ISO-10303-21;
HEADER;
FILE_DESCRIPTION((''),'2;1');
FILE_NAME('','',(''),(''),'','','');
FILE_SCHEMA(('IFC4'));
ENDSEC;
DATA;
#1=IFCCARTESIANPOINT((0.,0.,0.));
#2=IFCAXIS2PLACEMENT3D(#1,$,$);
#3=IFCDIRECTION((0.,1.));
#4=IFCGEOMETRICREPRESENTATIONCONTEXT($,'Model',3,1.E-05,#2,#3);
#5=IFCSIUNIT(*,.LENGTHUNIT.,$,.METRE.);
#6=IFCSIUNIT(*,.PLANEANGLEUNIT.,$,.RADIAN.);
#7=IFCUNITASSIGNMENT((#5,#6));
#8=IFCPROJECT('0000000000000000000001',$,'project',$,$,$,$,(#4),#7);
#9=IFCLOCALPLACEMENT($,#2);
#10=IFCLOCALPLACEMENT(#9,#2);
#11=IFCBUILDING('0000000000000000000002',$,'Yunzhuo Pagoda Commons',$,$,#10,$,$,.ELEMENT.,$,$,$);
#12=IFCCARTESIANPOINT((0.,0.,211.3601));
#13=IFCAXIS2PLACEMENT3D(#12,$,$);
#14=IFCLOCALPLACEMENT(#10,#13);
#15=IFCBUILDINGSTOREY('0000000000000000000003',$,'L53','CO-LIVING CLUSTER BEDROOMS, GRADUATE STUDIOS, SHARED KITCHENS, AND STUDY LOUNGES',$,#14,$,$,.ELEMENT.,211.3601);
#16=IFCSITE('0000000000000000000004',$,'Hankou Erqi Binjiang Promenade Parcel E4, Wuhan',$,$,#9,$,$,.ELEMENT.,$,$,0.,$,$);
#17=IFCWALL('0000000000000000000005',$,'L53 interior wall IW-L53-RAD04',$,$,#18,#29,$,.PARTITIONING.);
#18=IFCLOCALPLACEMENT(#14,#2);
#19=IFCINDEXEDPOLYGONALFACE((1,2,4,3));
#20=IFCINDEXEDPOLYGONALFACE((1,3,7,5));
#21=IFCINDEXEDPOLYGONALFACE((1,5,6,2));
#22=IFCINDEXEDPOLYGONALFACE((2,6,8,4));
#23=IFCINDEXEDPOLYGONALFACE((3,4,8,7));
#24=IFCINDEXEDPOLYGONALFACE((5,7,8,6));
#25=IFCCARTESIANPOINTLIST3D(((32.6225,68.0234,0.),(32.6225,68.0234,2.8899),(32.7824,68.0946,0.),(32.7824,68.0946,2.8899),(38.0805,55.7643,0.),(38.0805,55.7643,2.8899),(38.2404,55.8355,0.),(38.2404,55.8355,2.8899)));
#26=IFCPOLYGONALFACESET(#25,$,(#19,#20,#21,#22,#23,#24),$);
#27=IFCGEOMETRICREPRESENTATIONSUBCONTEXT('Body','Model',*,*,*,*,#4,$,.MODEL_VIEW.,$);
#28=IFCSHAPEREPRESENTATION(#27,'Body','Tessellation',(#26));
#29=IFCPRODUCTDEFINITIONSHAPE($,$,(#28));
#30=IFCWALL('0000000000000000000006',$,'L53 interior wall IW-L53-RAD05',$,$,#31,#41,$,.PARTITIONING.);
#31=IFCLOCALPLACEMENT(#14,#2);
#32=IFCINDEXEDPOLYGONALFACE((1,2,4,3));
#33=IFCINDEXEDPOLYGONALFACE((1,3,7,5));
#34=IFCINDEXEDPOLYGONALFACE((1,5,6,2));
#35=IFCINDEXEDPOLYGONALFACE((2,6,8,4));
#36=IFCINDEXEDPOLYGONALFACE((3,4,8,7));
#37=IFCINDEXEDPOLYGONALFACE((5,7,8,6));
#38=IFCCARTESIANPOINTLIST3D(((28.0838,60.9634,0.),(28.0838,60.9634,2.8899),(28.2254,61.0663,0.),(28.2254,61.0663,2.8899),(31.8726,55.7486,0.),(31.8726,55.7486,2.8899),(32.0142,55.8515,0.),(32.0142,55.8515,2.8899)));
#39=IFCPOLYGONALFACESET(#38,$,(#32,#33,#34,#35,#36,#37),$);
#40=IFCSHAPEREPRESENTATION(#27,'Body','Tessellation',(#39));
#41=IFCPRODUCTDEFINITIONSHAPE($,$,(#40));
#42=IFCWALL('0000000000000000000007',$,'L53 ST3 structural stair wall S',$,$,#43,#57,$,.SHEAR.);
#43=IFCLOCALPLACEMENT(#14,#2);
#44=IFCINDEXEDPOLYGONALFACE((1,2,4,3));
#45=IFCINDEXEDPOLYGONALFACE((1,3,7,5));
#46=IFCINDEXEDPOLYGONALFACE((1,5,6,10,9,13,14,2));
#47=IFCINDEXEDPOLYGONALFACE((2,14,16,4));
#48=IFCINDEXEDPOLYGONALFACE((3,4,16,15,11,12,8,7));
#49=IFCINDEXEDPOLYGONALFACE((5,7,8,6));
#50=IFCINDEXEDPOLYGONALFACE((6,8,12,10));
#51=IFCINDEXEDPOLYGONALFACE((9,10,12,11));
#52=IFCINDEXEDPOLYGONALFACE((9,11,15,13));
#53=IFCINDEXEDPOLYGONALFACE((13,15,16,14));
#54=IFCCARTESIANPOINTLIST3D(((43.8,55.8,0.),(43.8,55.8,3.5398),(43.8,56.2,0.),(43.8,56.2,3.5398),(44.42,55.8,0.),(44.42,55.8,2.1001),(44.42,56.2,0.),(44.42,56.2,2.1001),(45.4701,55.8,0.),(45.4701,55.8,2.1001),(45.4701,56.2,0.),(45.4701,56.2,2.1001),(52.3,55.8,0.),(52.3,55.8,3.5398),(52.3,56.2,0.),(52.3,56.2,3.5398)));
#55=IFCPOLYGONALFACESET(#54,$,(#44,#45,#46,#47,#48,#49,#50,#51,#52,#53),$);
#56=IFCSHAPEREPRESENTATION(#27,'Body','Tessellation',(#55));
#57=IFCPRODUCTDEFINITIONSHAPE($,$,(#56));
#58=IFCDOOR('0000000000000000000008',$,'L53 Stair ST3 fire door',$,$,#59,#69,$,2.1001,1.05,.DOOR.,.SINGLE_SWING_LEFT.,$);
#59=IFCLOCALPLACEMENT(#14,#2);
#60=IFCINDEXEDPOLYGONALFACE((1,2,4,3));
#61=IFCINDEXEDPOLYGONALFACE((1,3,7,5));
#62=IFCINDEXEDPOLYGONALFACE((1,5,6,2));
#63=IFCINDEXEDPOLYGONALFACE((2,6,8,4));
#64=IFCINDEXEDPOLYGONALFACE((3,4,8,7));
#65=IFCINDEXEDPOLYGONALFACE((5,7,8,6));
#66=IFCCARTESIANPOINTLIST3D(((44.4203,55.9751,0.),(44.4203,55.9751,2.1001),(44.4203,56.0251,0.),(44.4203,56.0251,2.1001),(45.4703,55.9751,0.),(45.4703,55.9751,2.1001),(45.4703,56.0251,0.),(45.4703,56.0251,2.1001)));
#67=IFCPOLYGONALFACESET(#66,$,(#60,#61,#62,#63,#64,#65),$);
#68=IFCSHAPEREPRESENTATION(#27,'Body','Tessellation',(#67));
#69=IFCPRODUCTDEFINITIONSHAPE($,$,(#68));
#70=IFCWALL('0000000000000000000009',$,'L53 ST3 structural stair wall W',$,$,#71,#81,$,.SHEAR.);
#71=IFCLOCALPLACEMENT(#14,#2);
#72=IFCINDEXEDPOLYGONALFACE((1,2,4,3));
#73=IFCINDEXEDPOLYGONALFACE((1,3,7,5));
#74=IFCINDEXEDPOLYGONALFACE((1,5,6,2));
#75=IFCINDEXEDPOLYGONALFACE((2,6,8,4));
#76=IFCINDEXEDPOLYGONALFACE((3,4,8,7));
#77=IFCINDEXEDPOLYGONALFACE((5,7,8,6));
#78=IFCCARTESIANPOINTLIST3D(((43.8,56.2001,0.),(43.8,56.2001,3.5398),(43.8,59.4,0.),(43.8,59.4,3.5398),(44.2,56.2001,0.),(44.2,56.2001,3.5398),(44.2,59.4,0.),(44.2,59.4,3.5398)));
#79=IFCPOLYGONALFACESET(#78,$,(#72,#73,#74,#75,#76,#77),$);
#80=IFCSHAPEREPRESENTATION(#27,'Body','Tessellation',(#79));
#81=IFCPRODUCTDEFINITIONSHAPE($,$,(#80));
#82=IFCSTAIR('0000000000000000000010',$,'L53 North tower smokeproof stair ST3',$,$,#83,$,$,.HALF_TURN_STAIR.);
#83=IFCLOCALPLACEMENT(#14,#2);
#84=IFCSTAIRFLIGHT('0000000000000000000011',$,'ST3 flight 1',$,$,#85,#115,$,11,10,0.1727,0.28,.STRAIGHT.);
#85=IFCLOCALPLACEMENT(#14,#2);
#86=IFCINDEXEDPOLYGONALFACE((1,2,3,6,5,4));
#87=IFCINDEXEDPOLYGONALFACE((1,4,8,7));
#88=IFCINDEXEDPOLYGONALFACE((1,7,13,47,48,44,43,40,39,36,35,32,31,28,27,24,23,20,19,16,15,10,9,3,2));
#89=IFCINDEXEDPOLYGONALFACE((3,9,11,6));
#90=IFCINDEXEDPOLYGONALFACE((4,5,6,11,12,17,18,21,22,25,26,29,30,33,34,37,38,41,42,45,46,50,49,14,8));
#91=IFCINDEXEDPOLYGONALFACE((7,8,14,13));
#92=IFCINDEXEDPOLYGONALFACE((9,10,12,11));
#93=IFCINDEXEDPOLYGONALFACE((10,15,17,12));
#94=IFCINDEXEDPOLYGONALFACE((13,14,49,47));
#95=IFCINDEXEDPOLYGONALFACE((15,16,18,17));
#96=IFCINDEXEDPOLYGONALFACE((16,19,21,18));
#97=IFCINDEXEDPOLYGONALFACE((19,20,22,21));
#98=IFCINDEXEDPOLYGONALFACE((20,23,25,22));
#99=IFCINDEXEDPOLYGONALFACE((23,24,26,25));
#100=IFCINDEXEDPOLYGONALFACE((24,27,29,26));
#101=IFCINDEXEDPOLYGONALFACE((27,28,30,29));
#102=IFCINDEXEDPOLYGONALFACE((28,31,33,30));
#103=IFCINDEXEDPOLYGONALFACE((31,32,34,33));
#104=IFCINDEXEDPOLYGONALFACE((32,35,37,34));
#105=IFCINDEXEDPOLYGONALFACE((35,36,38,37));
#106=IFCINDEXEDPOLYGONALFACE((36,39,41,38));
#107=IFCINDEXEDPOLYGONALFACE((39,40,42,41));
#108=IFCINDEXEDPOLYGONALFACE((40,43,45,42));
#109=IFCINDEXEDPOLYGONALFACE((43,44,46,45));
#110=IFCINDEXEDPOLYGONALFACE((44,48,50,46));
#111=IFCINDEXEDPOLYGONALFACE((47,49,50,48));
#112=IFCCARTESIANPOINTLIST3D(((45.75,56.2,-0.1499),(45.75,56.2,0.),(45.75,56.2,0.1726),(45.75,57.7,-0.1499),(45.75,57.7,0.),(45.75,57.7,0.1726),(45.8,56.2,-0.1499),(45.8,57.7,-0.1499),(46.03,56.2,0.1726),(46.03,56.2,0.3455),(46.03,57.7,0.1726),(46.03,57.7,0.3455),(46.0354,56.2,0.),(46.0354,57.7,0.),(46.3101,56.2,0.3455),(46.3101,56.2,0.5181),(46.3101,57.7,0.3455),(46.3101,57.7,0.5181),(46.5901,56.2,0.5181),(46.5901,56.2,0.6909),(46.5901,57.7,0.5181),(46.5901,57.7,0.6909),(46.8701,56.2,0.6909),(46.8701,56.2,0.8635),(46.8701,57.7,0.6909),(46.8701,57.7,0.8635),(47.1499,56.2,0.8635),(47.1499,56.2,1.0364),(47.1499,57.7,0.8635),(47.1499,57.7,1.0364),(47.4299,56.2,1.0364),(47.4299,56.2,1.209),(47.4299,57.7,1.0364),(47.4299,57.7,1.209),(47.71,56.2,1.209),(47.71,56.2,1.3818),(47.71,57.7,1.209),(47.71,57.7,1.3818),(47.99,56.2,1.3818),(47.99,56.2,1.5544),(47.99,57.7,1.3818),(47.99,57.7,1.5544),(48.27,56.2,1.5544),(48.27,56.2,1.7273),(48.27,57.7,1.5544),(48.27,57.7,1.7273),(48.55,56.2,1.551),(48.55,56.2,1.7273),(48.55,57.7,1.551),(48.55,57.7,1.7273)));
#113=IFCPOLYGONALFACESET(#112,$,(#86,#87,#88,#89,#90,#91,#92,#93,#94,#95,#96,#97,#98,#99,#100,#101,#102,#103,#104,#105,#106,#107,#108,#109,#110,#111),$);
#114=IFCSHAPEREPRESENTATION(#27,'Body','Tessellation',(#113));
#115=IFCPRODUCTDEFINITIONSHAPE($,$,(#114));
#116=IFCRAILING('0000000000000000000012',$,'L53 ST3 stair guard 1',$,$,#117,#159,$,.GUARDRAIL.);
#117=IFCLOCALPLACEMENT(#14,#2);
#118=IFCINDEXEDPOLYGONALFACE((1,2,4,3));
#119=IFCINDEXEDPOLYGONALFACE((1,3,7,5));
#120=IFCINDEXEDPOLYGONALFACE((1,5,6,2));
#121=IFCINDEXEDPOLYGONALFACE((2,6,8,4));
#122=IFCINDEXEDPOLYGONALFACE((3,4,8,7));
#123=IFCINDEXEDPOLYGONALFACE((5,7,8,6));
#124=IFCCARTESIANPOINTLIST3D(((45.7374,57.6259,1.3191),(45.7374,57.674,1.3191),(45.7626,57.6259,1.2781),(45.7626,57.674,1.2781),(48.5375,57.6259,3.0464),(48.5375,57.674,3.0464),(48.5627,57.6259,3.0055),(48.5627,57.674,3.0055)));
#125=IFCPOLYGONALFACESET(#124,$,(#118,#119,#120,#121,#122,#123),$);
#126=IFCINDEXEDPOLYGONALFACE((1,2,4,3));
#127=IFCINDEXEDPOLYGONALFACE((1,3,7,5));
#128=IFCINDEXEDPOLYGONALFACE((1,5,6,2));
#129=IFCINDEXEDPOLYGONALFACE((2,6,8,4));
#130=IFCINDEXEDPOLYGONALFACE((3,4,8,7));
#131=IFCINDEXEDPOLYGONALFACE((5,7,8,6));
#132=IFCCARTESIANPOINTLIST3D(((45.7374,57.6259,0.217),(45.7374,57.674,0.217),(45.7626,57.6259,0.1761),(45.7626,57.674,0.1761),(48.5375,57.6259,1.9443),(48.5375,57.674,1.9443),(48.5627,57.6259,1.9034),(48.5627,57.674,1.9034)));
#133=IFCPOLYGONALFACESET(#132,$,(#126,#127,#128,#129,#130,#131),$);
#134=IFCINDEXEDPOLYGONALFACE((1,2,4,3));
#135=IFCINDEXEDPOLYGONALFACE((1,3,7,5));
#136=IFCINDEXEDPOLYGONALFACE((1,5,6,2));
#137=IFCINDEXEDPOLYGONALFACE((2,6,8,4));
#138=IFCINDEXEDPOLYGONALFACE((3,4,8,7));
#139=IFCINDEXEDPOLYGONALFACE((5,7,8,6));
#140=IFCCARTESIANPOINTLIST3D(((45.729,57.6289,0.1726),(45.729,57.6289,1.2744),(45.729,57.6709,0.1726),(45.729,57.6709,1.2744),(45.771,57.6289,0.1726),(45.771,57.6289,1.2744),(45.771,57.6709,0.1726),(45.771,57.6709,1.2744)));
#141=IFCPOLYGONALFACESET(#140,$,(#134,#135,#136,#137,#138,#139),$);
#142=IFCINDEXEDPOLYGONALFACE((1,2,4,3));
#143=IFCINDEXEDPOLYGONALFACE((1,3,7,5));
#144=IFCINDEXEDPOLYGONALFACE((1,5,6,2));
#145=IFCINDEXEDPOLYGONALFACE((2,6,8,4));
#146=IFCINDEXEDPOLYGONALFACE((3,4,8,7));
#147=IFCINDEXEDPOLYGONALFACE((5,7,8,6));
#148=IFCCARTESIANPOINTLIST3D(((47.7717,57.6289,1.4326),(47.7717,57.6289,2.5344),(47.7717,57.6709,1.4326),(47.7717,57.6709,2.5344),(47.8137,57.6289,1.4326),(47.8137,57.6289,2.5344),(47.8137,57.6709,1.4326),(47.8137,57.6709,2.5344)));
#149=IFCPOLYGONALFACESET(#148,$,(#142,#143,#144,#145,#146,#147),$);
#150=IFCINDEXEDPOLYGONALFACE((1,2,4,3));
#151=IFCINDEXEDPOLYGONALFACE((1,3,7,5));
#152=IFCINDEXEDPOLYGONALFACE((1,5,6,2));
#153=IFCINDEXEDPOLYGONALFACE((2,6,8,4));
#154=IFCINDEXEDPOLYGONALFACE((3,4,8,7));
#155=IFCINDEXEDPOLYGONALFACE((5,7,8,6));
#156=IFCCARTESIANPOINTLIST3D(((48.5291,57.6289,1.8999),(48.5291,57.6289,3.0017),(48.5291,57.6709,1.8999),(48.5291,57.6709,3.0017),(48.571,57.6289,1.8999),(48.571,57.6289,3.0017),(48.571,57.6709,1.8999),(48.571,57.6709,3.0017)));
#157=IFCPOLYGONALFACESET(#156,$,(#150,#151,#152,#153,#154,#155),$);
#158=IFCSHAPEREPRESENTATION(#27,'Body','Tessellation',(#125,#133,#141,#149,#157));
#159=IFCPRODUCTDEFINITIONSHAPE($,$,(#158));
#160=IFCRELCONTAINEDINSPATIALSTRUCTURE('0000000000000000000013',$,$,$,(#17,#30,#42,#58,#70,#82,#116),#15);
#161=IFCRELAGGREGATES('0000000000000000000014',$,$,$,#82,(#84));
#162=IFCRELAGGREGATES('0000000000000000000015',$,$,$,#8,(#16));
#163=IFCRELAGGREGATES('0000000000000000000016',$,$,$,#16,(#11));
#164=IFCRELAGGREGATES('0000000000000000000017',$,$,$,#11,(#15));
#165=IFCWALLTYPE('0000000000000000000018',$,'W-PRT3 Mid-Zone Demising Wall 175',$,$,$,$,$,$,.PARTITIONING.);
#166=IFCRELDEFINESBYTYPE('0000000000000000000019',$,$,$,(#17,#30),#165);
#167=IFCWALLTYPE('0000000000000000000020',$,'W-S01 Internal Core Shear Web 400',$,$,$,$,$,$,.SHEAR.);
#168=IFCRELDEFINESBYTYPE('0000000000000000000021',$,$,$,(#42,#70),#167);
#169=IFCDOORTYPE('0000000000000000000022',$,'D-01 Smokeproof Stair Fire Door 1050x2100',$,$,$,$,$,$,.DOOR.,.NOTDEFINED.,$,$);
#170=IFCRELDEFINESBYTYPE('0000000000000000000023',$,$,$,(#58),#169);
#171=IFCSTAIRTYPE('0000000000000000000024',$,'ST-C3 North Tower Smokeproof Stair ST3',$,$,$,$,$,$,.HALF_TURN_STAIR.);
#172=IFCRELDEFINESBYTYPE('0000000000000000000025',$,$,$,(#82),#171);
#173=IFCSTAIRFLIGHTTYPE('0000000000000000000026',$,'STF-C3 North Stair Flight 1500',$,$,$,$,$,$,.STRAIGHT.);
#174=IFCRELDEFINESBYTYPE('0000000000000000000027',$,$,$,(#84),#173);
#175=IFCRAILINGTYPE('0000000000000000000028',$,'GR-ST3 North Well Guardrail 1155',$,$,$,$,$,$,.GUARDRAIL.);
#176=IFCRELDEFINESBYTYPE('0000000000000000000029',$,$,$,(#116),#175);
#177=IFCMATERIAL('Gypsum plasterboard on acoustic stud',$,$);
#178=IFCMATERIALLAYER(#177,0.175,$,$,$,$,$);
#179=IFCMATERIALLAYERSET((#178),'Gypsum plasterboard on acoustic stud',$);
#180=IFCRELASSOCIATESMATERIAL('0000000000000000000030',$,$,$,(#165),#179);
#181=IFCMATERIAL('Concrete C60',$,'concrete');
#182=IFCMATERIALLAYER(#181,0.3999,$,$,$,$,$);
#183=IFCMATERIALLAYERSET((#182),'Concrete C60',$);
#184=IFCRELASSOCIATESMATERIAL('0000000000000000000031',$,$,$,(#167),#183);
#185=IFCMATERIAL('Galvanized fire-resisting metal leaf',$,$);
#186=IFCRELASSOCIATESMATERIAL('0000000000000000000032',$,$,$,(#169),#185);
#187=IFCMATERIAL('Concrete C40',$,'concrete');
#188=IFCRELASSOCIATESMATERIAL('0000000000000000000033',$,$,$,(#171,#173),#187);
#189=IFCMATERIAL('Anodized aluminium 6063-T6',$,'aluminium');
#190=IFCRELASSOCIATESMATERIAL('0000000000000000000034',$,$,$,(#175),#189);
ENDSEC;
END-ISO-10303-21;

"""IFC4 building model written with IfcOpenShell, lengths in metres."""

from ifc_helpers import new_model, si_unit, direction, frame, frame_2d, origin, origin_2d, place, context, subcontext, project, spatial, polyline, rectangle, outline, extrude, source, transform, mapped, material, layer, layer_set, type_object, element, fill, aggregate, save


model = new_model("IFC4")

# Units and contexts
model_context = context("Model", 3, precision=1e-05, world=origin(), true_north=direction((0.0, 1.0)))
body_context = subcontext(model_context, "Body", "Model", "MODEL_VIEW")
ifc_project = project(units=[si_unit("LENGTHUNIT", "METRE"), si_unit("PLANEANGLEUNIT", "RADIAN")], contexts=[model_context])

# Site, building, storey
site_placement = place(None, origin())
site = spatial("IfcSite", under=ifc_project, at=site_placement, Name="Hankou Erqi Binjiang Promenade Parcel E4, Wuhan", CompositionType="ELEMENT", RefElevation=0.0)
building_placement = place(site_placement, origin())
building = spatial("IfcBuilding", under=site, at=building_placement, Name="Yunzhuo Pagoda Commons", CompositionType="ELEMENT")
storey_placement = place(building_placement, frame((0.0, 0.0, 211.3601)))
storey = spatial("IfcBuildingStorey", under=building, at=storey_placement, Name="L53", Description="CO-LIVING CLUSTER BEDROOMS, GRADUATE STUDIOS, SHARED KITCHENS, AND STUDY LOUNGES", CompositionType="ELEMENT", Elevation=211.3601)

# Shared definitions
ifc_material_1 = material(Name="Anodized aluminium 6063-T6", Category="aluminium")

# Shared definitions
ifc_material_2 = material(Name="Gypsum plasterboard on acoustic stud")

# Walls
ifc_layer_1 = layer(ifc_material_2, 0.175)
ifc_layer_set_1 = layer_set([ifc_layer_1], Name="Gypsum plasterboard on acoustic stud")
wall_type_1 = type_object("IfcWallType", Name="W-PRT3 Mid-Zone Demising Wall 175", PredefinedType="PARTITIONING", material=ifc_layer_set_1)
wall_1_placement = place(storey_placement, frame((38.1604, 55.8, 0.0), z_axis=(0.0, 0.0, 1.0), x_axis=(-0.406733, 0.913547, 0.0)))
element("IfcWall", 1, at=wall_1_placement, inside=storey, type_object=wall_type_1, Name="L53 interior wall IW-L53-RAD04", PredefinedType="PARTITIONING", context=body_context, shape_type="SweptSolid", body=[
    extrude(rectangle(XDim=13.4192, YDim=0.175, at=frame_2d((6.7095, 0.0))), origin(), (0.0, 0.0, 1.0), 2.8899),
])
wall_2_placement = place(storey_placement, frame((31.9434, 55.8, 0.0), z_axis=(0.0, 0.0, 1.0), x_axis=(-0.587787, 0.809016, 0.0)))
element("IfcWall", 2, at=wall_2_placement, inside=storey, type_object=wall_type_1, Name="L53 interior wall IW-L53-RAD05", PredefinedType="PARTITIONING", context=body_context, shape_type="SweptSolid", body=[
    extrude(rectangle(XDim=6.4458, YDim=0.175, at=frame_2d((3.2229, 0.0))), origin(), (0.0, 0.0, 1.0), 2.8899),
])

# Wall, opening, door
ifc_material_3 = material(Name="Concrete C60", Category="concrete")
ifc_layer_2 = layer(ifc_material_3, 0.3999)
ifc_layer_set_2 = layer_set([ifc_layer_2], Name="Concrete C60")
wall_type_2 = type_object("IfcWallType", Name="W-S01 Internal Core Shear Web 400", PredefinedType="SHEAR", material=ifc_layer_set_2)
wall_3_placement = place(storey_placement, frame((43.8, 56.0, 0.0), z_axis=(0.0, 0.0, 1.0), x_axis=(1.0, 0.0, 0.0)))
wall_3 = element("IfcWall", 3, at=wall_3_placement, inside=storey, type_object=wall_type_2, Name="L53 ST3 structural stair wall S", PredefinedType="SHEAR", context=body_context, shape_type="SweptSolid", body=[
    extrude(rectangle(XDim=8.5, YDim=0.3999, at=frame_2d((4.25, 0.0))), origin(), (0.0, 0.0, 1.0), 3.5398),
])
opening_1_placement = place(wall_3_placement, frame((0.6201, 0.0, 0.0)))
opening_1 = element("IfcOpeningElement", 4, at=opening_1_placement, cuts=wall_3, PredefinedType="OPENING", context=body_context, shape_type="SweptSolid", body=[
    extrude(rectangle(XDim=1.05, YDim=2.1001, at=frame_2d((0.5249, 1.05))), frame((0.0, 0.21, 0.0), z_axis=(0.0, -1.0, 0.0), x_axis=(1.0, 0.0, 0.0)), (0.0, 0.0, 1.0), 0.4199),
])
ifc_material_4 = material(Name="Galvanized fire-resisting metal leaf")
door_type_1 = type_object("IfcDoorType", Name="D-01 Smokeproof Stair Fire Door 1050x2100", OperationType="NOTDEFINED", PredefinedType="DOOR", material=ifc_material_4)
shared_shape_1 = source(origin(), body_context, "Body", "SweptSolid", [
    extrude(rectangle(XDim=1.05, YDim=2.1001, at=frame_2d((0.5249, 1.05))), frame((0.0, 0.0249, 0.0), z_axis=(0.0, -1.0, 0.0), x_axis=(1.0, 0.0, 0.0)), (0.0, 0.0, 1.0), 0.05),
])
door_1_placement = place(opening_1_placement, frame((1.05, 0.0, 0.0), z_axis=(0.0, 0.0, 1.0), x_axis=(-1.0, 0.0, 0.0)))
door_1 = element("IfcDoor", 5, at=door_1_placement, inside=storey, type_object=door_type_1, Name="L53 Stair ST3 fire door", OperationType="SINGLE_SWING_LEFT", OverallHeight=2.1001, OverallWidth=1.05, PredefinedType="DOOR", context=body_context, shape_type="MappedRepresentation", body=[
    mapped(shared_shape_1, transform((0.0, 0.0, 0.0), scale=1.0)),
])
fill(opening_1, door_1)

# Wall
wall_4_placement = place(storey_placement, frame((44.0, 56.2, 0.0), z_axis=(0.0, 0.0, 1.0), x_axis=(0.0, 1.0, 0.0)))
element("IfcWall", 6, at=wall_4_placement, inside=storey, type_object=wall_type_2, Name="L53 ST3 structural stair wall W", PredefinedType="SHEAR", context=body_context, shape_type="SweptSolid", body=[
    extrude(rectangle(XDim=3.2, YDim=0.3999, at=frame_2d((1.6001, 0.0))), origin(), (0.0, 0.0, 1.0), 3.5398),
])

# Stair, stair flight
ifc_material_5 = material(Name="Concrete C40", Category="concrete")
stair_type = type_object("IfcStairType", Name="ST-C3 North Tower Smokeproof Stair ST3", PredefinedType="HALF_TURN_STAIR", material=ifc_material_5)
stair_placement = place(storey_placement, origin())
stair = element("IfcStair", 7, at=stair_placement, inside=storey, type_object=stair_type, Name="L53 North tower smokeproof stair ST3", PredefinedType="HALF_TURN_STAIR")
stair_flight_type = type_object("IfcStairFlightType", Name="STF-C3 North Stair Flight 1500", PredefinedType="STRAIGHT", material=ifc_material_5)
shared_shape_2 = source(origin(), body_context, "Body", "SweptSolid", [
    extrude(outline(polyline([(0.0, -0.1499), (0.0, 0.0), (0.0, 0.1726), (0.28, 0.1726), (0.28, 0.3455), (0.5601, 0.3455), (0.5601, 0.5181), (0.8401, 0.5181), (0.8401, 0.6909), (1.1201, 0.6909), (1.1201, 0.8635), (1.3999, 0.8635), (1.3999, 1.0364), (1.6799, 1.0364), (1.6799, 1.209), (1.96, 1.209), (1.96, 1.3818), (2.24, 1.3818), (2.24, 1.5544), (2.52, 1.5544), (2.52, 1.7273), (2.8, 1.7273), (2.8, 1.8999), (2.8, 1.551), (0.2854, 0.0), (0.05, -0.1499), (0.0, -0.1499)])), frame((0.0, 0.75, 0.0), z_axis=(0.0, -1.0, 0.0), x_axis=(1.0, 0.0, 0.0)), (0.0, 0.0, 1.0), 1.5),
])
stair_flight_placement = place(storey_placement, frame((45.75, 56.95, 0.0), z_axis=(0.0, 0.0, 1.0), x_axis=(1.0, 0.0, 0.0)))
stair_flight = element("IfcStairFlight", 8, at=stair_flight_placement, type_object=stair_flight_type, Name="ST3 flight 1", NumberOfRisers=11, NumberOfTreads=10, PredefinedType="STRAIGHT", RiserHeight=0.1727, TreadLength=0.28, context=body_context, shape_type="MappedRepresentation", body=[
    mapped(shared_shape_2, transform((0.0, 0.0, 0.0), scale=1.0)),
])
aggregate(stair, [stair_flight])

# Railing
railing_type = type_object("IfcRailingType", Name="GR-ST3 North Well Guardrail 1155", PredefinedType="GUARDRAIL", material=ifc_material_1)
railing_1_placement = place(storey_placement, frame((45.75, 57.6499, 0.1726)))
element("IfcRailing", 9, at=railing_1_placement, inside=storey, type_object=railing_type, Name="L53 ST3 stair guard 1", PredefinedType="GUARDRAIL", context=body_context, shape_type="SweptSolid", body=[
    extrude(rectangle(XDim=0.0481, YDim=0.0481, at=origin_2d()), frame((0.0, 0.0, 1.126), z_axis=(0.85109, 0.0, 0.52502), x_axis=(0.0, 1.0, 0.0)), (0.0, 0.0, 1.0), 3.29),
    extrude(rectangle(XDim=0.0481, YDim=0.0481, at=origin_2d()), frame((0.0, 0.0, 0.0239), z_axis=(0.85109, 0.0, 0.52502), x_axis=(0.0, 1.0, 0.0)), (0.0, 0.0, 1.0), 3.29),
    extrude(rectangle(XDim=0.042, YDim=0.042, at=origin_2d()), origin(), (0.0, 0.0, 1.0), 1.1018),
    extrude(rectangle(XDim=0.042, YDim=0.042, at=origin_2d()), frame((2.0427, 0.0, 1.26)), (0.0, 0.0, 1.0), 1.1018),
    extrude(rectangle(XDim=0.042, YDim=0.042, at=origin_2d()), frame((2.8, 0.0, 1.7273)), (0.0, 0.0, 1.0), 1.1018),
])

save(model, "model.ifc")
